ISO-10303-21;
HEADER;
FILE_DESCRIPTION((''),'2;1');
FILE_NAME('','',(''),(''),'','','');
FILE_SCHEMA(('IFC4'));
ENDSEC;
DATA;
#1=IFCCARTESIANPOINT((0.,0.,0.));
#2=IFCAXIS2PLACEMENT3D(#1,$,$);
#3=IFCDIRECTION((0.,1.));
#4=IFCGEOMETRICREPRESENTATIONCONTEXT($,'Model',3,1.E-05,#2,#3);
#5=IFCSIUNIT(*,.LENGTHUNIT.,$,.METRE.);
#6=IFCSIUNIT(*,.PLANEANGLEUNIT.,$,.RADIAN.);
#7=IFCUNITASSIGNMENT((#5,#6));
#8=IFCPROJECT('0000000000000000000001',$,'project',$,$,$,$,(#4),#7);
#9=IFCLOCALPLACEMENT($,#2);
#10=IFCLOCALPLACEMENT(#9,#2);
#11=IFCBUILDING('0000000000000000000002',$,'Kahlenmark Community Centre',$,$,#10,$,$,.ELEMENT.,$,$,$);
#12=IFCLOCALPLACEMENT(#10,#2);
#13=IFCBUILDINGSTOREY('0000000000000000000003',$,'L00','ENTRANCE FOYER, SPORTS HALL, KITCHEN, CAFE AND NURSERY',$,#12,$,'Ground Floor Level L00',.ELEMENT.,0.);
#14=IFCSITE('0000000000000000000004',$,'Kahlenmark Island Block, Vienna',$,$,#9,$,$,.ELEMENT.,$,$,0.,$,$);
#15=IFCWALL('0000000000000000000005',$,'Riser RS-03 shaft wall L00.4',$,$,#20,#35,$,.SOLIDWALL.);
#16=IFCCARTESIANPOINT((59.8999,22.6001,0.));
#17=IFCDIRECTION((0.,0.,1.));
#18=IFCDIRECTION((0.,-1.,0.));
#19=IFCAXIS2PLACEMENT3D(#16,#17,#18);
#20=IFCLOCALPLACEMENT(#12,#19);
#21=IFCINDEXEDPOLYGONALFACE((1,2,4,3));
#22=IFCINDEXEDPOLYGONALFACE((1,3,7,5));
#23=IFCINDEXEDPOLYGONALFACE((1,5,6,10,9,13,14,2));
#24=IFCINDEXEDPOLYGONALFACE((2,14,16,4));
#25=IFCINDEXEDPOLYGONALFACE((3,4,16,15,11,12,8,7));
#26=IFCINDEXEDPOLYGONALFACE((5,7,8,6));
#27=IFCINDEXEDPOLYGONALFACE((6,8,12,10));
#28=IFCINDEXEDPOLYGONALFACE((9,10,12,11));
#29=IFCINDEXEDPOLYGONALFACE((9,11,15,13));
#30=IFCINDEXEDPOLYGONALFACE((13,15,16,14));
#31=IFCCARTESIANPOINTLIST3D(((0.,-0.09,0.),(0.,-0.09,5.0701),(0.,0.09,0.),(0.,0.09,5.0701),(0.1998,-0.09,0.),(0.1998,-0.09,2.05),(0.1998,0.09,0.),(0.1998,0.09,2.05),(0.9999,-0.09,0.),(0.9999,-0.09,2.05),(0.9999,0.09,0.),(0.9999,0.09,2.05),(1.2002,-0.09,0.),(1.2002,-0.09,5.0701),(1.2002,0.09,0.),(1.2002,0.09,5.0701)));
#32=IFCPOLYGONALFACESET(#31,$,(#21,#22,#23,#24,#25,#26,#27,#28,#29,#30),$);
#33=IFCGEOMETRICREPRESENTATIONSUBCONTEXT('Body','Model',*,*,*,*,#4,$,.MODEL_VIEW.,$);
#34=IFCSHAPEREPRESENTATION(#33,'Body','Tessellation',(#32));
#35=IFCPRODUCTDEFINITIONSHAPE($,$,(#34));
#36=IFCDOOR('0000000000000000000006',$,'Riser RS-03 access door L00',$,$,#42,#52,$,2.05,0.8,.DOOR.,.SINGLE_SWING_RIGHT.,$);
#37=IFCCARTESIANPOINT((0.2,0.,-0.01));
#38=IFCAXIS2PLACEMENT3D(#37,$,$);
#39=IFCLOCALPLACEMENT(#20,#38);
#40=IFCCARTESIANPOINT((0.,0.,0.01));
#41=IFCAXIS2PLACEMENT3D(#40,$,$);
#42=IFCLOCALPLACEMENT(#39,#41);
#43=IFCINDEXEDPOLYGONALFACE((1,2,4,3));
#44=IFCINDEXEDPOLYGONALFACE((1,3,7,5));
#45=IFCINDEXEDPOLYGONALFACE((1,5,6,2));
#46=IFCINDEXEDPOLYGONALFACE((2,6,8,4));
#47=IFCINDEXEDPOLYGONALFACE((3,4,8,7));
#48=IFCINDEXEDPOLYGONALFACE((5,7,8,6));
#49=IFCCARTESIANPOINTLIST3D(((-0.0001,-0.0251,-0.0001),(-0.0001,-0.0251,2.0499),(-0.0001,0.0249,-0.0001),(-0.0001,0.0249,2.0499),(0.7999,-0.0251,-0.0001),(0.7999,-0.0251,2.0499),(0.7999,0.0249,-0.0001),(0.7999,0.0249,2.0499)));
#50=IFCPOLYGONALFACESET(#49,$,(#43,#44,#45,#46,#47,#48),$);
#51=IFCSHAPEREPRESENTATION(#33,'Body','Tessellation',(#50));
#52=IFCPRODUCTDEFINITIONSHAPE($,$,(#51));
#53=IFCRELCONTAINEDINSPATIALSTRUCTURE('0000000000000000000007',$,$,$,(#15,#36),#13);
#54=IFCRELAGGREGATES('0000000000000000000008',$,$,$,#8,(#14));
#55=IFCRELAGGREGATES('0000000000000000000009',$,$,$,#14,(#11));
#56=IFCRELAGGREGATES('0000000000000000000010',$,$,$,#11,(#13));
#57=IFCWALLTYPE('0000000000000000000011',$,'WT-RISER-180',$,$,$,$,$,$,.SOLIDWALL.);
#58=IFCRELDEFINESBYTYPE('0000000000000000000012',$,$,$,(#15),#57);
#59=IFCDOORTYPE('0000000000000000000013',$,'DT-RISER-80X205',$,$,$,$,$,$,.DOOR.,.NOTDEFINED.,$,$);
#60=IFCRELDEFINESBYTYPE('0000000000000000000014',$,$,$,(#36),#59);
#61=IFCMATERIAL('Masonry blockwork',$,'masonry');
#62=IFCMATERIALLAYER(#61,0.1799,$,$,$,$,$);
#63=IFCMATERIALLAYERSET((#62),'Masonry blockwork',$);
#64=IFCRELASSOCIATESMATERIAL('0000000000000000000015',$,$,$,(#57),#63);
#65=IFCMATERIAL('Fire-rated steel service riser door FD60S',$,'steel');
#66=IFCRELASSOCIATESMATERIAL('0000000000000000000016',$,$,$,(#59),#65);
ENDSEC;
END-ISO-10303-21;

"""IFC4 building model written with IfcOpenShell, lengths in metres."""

from ifc_helpers import new_model, si_unit, direction, frame, frame_2d, origin, place, context, subcontext, project, spatial, rectangle, extrude, material, layer, layer_set, type_object, element, fill, save


model = new_model("IFC4")

# Units and contexts
model_context = context("Model", 3, precision=1e-05, world=origin(), true_north=direction((0.0, 1.0)))
body_context = subcontext(model_context, "Body", "Model", "MODEL_VIEW")
ifc_project = project(units=[si_unit("LENGTHUNIT", "METRE"), si_unit("PLANEANGLEUNIT", "RADIAN")], contexts=[model_context])

# Site, building, storey
site_placement = place(None, origin())
site = spatial("IfcSite", under=ifc_project, at=site_placement, Name="Kahlenmark Island Block, Vienna", CompositionType="ELEMENT", RefElevation=0.0)
building_placement = place(site_placement, origin())
building = spatial("IfcBuilding", under=site, at=building_placement, Name="Kahlenmark Community Centre", CompositionType="ELEMENT")
storey_placement = place(building_placement, origin())
storey = spatial("IfcBuildingStorey", under=building, at=storey_placement, Name="L00", Description="ENTRANCE FOYER, SPORTS HALL, KITCHEN, CAFE AND NURSERY", LongName="Ground Floor Level L00", CompositionType="ELEMENT", Elevation=0.0)

# Shared definitions
ifc_material_1 = material(Name="Masonry blockwork", Category="masonry")
ifc_layer_1 = layer(ifc_material_1, 0.1799)
ifc_layer_set_1 = layer_set([ifc_layer_1], Name="Masonry blockwork")
wall_type_1 = type_object("IfcWallType", Name="WT-RISER-180", PredefinedType="SOLIDWALL", material=ifc_layer_set_1)

# Wall, opening, door
wall_1_placement = place(storey_placement, frame((59.8999, 22.6001, 0.0), z_axis=(0.0, 0.0, 1.0), x_axis=(0.0, -1.0, 0.0)))
wall_1 = element("IfcWall", 1, at=wall_1_placement, inside=storey, type_object=wall_type_1, Name="Riser RS-03 shaft wall L00.4", PredefinedType="SOLIDWALL", context=body_context, shape_type="SweptSolid", body=[
    extrude(rectangle(XDim=1.2002, YDim=0.1799, at=frame_2d((0.6001, 0.0))), origin(), (0.0, 0.0, 1.0), 5.0701),
])
opening_1_placement = place(wall_1_placement, frame((0.2, 0.0, -0.01)))
opening_1 = element("IfcOpeningElement", 2, at=opening_1_placement, cuts=wall_1, PredefinedType="OPENING", context=body_context, shape_type="SweptSolid", body=[
    extrude(rectangle(XDim=0.8, YDim=2.0601, at=frame_2d((0.3999, 1.03))), frame((0.0, 0.0999, 0.0), z_axis=(0.0, -1.0, 0.0), x_axis=(1.0, 0.0, 0.0)), (0.0, 0.0, 1.0), 0.2),
])
ifc_material_2 = material(Name="Fire-rated steel service riser door FD60S", Category="steel")
door_type_1 = type_object("IfcDoorType", Name="DT-RISER-80X205", OperationType="NOTDEFINED", PredefinedType="DOOR", material=ifc_material_2)
door_1_placement = place(opening_1_placement, frame((0.0, 0.0, 0.01)))
door_1 = element("IfcDoor", 3, at=door_1_placement, inside=storey, type_object=door_type_1, Name="Riser RS-03 access door L00", OperationType="SINGLE_SWING_RIGHT", OverallHeight=2.05, OverallWidth=0.8, PredefinedType="DOOR", context=body_context, shape_type="SweptSolid", body=[
    extrude(rectangle(XDim=0.8, YDim=2.05, at=frame_2d((0.3999, 1.0249))), frame((0.0, 0.0249, 0.0), z_axis=(0.0, -1.0, 0.0), x_axis=(1.0, 0.0, 0.0)), (0.0, 0.0, 1.0), 0.05),
])
fill(opening_1, door_1)

save(model, "model.ifc")
